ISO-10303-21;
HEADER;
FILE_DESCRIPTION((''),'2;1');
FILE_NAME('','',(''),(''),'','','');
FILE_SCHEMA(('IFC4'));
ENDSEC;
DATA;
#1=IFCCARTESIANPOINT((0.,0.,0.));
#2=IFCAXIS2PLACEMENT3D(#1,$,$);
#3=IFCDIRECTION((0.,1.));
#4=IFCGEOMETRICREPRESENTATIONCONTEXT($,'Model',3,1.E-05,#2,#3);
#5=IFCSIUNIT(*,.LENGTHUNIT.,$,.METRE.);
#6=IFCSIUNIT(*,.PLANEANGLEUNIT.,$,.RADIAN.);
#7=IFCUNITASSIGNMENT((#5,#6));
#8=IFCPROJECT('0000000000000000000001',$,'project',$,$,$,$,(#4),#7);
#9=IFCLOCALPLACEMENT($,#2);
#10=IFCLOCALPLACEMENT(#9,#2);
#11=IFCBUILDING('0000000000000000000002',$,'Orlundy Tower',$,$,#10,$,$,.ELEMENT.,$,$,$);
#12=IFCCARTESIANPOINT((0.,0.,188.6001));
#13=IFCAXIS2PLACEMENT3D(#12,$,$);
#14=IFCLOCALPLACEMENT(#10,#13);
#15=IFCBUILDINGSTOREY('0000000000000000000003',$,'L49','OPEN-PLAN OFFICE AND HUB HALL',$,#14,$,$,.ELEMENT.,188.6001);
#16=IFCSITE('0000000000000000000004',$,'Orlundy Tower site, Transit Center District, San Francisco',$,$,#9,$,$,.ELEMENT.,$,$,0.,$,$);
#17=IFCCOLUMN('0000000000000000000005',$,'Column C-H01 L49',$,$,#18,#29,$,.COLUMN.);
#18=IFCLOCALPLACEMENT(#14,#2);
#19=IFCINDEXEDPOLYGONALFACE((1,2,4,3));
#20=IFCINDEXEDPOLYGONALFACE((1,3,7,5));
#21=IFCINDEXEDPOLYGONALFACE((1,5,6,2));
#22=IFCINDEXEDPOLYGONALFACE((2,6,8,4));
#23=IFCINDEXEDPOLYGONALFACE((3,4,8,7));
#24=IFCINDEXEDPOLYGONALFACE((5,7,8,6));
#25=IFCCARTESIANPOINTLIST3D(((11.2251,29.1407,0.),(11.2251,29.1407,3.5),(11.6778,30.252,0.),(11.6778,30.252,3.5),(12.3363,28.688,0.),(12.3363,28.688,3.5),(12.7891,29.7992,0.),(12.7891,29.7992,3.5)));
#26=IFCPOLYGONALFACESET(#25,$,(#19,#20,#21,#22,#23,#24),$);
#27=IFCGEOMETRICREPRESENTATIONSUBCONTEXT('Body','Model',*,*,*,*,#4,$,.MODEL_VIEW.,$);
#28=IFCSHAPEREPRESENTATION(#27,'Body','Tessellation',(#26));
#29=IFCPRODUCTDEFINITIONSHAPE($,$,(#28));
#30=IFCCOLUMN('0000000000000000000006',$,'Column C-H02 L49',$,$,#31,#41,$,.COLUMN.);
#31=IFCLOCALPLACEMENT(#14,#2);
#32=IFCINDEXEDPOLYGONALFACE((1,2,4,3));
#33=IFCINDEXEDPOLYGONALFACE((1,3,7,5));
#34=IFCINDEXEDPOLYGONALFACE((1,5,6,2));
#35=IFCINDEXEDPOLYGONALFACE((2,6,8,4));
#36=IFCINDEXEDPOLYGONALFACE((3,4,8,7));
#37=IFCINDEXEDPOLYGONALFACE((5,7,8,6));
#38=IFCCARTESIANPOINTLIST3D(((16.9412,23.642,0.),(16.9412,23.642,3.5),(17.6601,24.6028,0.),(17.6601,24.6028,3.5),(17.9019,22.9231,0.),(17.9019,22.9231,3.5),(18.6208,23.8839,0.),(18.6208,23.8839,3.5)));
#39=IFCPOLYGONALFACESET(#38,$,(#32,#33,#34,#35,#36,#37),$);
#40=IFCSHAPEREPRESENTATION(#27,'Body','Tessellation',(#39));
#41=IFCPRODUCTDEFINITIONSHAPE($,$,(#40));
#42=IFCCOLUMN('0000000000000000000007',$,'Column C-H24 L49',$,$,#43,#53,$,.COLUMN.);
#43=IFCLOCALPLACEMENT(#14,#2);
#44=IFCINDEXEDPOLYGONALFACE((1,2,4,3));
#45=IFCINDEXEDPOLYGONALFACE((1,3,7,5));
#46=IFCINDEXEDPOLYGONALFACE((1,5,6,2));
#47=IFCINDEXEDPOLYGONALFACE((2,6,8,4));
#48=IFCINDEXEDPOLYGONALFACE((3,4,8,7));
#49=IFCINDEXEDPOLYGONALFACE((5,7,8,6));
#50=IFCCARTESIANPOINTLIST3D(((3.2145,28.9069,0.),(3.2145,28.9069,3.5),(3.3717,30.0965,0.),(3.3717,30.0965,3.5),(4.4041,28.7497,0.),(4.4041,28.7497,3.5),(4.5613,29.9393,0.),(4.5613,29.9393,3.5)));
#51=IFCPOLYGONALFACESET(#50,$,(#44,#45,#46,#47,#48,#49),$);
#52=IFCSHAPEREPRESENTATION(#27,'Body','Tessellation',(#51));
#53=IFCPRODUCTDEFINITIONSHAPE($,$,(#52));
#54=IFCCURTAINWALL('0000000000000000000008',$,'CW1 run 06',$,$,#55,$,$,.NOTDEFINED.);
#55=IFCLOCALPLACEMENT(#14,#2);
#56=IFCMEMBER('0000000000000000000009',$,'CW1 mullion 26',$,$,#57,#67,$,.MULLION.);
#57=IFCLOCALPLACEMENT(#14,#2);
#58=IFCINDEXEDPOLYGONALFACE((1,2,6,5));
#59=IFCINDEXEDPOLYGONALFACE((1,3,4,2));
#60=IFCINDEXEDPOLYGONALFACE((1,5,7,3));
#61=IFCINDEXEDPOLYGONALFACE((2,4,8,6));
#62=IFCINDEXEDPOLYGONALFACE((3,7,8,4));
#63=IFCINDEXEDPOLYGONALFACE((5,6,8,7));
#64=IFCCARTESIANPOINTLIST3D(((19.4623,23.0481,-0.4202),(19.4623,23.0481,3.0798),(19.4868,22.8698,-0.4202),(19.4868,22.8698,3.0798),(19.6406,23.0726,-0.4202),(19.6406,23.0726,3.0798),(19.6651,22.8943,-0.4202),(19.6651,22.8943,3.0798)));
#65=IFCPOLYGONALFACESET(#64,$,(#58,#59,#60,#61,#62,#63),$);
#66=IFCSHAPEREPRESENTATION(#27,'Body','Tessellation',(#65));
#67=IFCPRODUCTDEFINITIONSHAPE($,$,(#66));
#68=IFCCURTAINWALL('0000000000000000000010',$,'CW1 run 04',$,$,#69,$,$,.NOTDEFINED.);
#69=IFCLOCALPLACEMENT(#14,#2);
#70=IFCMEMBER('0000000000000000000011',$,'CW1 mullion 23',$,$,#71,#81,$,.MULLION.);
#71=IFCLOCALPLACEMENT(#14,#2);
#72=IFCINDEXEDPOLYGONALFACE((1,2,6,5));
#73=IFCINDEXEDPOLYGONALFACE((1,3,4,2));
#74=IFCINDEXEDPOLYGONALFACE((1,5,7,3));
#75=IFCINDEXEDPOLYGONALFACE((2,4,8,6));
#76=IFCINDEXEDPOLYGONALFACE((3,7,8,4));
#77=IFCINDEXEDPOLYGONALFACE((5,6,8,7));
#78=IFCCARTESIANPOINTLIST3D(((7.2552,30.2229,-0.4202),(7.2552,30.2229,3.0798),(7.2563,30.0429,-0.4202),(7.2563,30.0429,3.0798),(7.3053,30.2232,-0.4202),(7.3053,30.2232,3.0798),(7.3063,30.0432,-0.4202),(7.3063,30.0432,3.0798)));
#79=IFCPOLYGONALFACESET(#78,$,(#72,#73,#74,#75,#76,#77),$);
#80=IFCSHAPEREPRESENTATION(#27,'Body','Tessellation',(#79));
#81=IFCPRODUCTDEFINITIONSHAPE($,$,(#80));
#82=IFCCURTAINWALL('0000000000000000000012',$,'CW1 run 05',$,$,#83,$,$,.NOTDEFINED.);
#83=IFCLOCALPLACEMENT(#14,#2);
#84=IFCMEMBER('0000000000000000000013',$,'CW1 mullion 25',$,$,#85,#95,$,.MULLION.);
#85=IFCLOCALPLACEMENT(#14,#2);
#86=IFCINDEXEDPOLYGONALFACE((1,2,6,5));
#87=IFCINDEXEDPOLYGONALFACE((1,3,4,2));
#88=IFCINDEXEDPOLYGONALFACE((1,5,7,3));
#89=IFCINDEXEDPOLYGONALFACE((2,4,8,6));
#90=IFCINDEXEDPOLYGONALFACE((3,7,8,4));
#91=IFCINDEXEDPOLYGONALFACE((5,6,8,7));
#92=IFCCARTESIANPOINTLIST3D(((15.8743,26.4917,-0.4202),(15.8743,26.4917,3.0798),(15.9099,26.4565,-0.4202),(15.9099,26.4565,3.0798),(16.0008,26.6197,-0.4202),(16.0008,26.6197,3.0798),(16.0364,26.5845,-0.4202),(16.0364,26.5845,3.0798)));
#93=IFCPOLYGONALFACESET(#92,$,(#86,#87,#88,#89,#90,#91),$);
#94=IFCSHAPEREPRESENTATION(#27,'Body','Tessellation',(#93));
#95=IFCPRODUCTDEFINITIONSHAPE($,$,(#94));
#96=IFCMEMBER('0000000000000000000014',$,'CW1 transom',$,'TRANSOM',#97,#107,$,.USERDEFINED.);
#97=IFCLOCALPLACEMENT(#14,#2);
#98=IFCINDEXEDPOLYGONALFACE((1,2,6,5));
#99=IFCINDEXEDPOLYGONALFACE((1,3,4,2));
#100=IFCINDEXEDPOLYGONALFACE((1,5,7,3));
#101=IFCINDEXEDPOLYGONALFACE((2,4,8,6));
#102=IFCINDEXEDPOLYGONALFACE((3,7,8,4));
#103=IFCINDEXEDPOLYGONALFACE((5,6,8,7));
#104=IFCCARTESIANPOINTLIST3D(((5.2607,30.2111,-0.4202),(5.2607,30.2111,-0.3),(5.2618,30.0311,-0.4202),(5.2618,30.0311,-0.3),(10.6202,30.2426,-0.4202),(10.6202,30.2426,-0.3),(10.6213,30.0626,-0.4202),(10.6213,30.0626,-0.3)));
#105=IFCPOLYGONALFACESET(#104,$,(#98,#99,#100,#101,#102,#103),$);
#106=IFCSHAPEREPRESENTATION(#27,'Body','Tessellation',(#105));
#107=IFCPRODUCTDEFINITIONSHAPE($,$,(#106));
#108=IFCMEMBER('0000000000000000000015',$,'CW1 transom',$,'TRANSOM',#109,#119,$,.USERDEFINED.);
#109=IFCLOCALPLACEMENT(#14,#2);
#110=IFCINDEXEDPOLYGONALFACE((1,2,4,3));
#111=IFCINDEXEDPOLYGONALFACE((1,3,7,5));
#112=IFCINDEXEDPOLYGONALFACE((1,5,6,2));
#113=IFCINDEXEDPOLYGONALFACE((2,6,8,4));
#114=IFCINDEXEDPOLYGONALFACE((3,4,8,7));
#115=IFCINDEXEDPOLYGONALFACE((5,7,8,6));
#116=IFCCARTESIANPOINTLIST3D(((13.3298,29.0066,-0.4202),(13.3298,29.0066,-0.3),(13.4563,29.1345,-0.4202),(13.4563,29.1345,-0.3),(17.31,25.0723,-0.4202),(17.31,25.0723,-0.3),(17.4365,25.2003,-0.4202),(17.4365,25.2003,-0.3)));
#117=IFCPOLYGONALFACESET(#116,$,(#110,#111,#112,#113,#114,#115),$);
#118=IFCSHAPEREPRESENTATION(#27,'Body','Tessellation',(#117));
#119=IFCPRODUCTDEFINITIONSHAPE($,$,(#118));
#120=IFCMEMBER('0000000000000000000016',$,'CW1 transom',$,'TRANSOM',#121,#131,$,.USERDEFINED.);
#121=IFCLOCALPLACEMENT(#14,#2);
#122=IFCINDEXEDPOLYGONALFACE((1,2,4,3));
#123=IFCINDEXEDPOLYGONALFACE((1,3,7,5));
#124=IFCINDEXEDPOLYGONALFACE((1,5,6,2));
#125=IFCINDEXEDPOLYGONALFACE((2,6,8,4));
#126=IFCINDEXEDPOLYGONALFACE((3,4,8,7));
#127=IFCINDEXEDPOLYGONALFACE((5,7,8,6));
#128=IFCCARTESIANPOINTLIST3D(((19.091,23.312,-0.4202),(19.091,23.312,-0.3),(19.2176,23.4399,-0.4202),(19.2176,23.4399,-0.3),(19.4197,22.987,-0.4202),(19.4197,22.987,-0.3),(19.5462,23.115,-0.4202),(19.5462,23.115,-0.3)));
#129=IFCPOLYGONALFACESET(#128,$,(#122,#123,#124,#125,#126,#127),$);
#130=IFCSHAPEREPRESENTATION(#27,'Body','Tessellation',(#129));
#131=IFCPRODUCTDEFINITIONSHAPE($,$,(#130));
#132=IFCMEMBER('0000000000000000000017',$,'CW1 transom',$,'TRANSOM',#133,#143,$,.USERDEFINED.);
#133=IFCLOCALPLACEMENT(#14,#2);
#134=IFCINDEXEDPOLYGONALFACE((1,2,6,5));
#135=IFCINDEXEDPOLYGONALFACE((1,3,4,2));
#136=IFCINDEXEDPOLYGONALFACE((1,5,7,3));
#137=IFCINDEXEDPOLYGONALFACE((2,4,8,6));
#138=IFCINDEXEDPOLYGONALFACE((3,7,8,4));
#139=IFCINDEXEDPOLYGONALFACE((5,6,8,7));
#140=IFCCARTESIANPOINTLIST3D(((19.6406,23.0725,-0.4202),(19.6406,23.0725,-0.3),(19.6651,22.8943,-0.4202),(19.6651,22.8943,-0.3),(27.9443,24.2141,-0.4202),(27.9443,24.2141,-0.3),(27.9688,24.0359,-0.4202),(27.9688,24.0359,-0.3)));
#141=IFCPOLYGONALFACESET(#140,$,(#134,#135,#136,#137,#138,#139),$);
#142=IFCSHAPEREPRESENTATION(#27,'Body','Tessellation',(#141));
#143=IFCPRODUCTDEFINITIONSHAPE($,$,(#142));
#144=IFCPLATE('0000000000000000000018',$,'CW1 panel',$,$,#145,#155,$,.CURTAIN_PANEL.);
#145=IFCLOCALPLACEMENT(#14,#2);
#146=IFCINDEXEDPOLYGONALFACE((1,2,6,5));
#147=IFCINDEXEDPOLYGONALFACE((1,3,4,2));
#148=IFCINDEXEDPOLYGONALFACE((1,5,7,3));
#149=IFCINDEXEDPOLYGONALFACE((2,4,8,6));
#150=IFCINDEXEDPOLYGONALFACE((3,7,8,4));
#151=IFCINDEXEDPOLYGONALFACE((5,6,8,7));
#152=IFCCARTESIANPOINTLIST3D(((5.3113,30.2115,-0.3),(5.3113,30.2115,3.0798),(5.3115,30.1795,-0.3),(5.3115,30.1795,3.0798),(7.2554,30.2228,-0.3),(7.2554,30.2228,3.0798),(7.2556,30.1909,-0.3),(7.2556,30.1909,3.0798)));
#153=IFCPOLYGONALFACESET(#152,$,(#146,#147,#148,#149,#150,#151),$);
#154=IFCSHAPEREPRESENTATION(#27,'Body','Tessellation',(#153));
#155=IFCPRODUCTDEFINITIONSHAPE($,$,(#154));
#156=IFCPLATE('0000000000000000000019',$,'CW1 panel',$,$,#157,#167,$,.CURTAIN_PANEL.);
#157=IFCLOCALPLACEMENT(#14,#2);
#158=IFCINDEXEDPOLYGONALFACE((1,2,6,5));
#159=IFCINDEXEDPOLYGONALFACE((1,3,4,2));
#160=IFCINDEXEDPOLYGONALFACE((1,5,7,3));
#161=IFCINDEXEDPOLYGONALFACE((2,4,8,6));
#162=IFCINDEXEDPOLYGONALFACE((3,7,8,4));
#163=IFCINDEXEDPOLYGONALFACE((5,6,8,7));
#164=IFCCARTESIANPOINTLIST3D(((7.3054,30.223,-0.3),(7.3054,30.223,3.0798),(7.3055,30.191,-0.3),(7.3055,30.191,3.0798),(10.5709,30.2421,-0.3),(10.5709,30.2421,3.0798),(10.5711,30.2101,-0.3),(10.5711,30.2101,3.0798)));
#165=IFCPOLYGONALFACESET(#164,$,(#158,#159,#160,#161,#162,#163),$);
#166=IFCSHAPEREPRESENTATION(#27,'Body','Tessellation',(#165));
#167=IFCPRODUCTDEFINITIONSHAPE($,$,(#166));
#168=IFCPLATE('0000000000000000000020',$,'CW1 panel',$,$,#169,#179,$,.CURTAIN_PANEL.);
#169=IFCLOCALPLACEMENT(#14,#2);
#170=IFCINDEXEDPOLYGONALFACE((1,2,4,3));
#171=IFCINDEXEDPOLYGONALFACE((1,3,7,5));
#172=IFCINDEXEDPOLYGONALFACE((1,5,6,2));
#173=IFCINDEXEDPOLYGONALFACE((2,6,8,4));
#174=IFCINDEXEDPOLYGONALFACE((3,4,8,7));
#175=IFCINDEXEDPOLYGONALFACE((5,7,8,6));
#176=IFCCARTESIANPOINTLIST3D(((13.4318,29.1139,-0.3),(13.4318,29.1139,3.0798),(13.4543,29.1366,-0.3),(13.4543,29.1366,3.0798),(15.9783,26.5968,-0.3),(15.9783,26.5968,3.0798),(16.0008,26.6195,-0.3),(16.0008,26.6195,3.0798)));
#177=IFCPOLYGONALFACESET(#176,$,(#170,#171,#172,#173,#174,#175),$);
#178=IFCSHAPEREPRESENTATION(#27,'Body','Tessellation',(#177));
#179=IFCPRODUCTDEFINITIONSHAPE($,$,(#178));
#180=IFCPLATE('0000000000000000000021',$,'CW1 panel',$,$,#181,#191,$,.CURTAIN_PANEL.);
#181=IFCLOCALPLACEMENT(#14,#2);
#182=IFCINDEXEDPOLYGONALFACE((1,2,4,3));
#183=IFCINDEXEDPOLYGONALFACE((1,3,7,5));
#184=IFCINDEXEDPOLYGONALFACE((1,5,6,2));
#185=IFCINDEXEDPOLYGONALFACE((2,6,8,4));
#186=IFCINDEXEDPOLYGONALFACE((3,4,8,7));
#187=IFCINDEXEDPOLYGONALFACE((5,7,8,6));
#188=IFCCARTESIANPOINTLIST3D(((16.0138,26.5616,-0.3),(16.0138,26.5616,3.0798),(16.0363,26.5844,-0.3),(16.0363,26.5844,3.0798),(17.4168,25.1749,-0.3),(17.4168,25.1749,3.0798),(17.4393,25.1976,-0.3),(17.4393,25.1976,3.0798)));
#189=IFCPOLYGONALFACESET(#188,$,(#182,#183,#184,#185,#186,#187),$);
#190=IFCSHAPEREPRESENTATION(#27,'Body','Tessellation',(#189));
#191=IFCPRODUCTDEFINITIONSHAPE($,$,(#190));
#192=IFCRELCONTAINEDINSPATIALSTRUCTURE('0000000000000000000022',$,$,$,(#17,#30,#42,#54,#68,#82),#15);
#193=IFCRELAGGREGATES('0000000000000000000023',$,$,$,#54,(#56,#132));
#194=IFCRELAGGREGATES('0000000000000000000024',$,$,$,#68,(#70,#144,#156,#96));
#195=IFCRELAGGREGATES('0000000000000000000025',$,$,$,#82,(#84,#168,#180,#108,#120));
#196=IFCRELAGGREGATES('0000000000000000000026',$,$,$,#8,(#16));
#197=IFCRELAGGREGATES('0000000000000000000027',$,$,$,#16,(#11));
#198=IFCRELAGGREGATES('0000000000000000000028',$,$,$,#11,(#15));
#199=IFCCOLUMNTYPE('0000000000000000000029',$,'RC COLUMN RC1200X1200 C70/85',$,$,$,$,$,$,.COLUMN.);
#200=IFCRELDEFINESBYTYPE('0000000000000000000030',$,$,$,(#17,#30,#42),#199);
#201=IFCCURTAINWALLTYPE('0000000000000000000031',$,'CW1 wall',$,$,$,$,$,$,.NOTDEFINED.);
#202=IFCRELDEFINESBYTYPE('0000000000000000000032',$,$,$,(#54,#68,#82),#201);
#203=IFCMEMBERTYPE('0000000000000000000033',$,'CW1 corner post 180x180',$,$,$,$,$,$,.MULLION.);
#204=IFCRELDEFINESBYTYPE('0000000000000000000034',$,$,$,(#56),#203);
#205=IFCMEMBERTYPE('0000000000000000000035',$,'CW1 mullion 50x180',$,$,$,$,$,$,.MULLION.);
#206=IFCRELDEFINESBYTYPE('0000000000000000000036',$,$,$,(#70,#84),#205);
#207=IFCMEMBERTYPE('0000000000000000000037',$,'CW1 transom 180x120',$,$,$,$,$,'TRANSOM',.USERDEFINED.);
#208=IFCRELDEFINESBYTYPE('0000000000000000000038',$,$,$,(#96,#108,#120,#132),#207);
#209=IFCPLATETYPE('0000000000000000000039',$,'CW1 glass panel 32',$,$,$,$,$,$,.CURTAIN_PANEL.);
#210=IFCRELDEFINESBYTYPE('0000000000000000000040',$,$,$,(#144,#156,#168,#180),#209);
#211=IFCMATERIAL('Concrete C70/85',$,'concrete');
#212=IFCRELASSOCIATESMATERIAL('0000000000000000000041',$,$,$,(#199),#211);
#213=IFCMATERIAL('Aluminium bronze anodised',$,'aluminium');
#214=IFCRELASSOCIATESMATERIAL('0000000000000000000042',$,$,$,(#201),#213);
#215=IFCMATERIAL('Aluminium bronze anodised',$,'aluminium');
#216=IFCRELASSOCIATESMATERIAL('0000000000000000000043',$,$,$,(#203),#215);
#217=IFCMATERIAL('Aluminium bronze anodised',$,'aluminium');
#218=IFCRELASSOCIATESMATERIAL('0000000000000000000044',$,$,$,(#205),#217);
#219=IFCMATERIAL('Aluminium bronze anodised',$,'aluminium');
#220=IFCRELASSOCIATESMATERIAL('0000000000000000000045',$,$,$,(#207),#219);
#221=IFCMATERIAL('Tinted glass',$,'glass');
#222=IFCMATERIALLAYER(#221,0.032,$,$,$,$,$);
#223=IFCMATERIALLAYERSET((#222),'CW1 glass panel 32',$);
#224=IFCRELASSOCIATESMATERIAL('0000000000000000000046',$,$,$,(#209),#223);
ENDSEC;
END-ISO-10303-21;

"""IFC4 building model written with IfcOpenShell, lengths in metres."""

from ifc_helpers import new_model, si_unit, direction, frame, origin, origin_2d, place, context, subcontext, project, spatial, rectangle, extrude, material, layer, layer_set, material_profile, profile_set, type_object, element, aggregate, save


model = new_model("IFC4")

# Units and contexts
model_context = context("Model", 3, precision=1e-05, world=origin(), true_north=direction((0.0, 1.0)))
body_context = subcontext(model_context, "Body", "Model", "MODEL_VIEW")
ifc_project = project(units=[si_unit("LENGTHUNIT", "METRE"), si_unit("PLANEANGLEUNIT", "RADIAN")], contexts=[model_context])

# Site, building, storey
site_placement = place(None, origin())
site = spatial("IfcSite", under=ifc_project, at=site_placement, Name="Orlundy Tower site, Transit Center District, San Francisco", CompositionType="ELEMENT", RefElevation=0.0)
building_placement = place(site_placement, origin())
building = spatial("IfcBuilding", under=site, at=building_placement, Name="Orlundy Tower", CompositionType="ELEMENT")
storey_placement = place(building_placement, frame((0.0, 0.0, 188.6001)))
storey = spatial("IfcBuildingStorey", under=building, at=storey_placement, Name="L49", Description="OPEN-PLAN OFFICE AND HUB HALL", CompositionType="ELEMENT", Elevation=188.6001)

# Columns
ifc_material_1 = material(Name="Concrete C70/85", Category="concrete")
ifc_material_profile_1 = material_profile(ifc_material_1, rectangle(XDim=1.2, YDim=1.2, at=origin_2d()), Name="RC1200X1200")
ifc_profile_set_1 = profile_set([ifc_material_profile_1], Name="Concrete C70/85")
column_type = type_object("IfcColumnType", Name="RC COLUMN RC1200X1200 C70/85", PredefinedType="COLUMN", material=ifc_profile_set_1)
for number, where, z_axis, x_axis, name in (
    (1, (12.0071, 29.47, 0.0), (0.0, 0.0, 1.0), (0.377324, 0.926081, 0.0), "Column C-H01 L49"),
    (2, (17.781, 23.7629, 0.0), (0.0, 0.0, 1.0), (0.599107, 0.800669, 0.0), "Column C-H02 L49"),
    (3, (3.8879, 29.4231, 0.0), (0.0, 0.0, 1.0), (0.131011, 0.991381, 0.0), "Column C-H24 L49"),
):
    element("IfcColumn", number, at=place(storey_placement, frame(where, z_axis=z_axis, x_axis=x_axis)), inside=storey, type_object=column_type, Name=name, PredefinedType="COLUMN", context=body_context, shape_type="SweptSolid", body=[
        extrude(rectangle(XDim=1.2, YDim=1.2, at=origin_2d()), origin(), (0.0, 0.0, 1.0), 3.5),
    ])

# Curtain walls, members
ifc_material_2 = material(Name="Aluminium bronze anodised", Category="aluminium")
curtain_wall_type = type_object("IfcCurtainWallType", Name="CW1 wall", PredefinedType="NOTDEFINED", material=ifc_material_2)
curtain_wall_1_placement = place(storey_placement, origin())
curtain_wall_1 = element("IfcCurtainWall", 4, at=curtain_wall_1_placement, inside=storey, type_object=curtain_wall_type, Name="CW1 run 06", PredefinedType="NOTDEFINED")
ifc_material_3 = material(Name="Aluminium bronze anodised", Category="aluminium")
ifc_material_profile_2 = material_profile(ifc_material_3, rectangle(XDim=0.1799, YDim=0.1799, at=origin_2d()), Name="CW1 corner post 180x180")
ifc_profile_set_2 = profile_set([ifc_material_profile_2], Name="Aluminium bronze anodised")
member_type_1 = type_object("IfcMemberType", Name="CW1 corner post 180x180", PredefinedType="MULLION", material=ifc_profile_set_2)
member_1_placement = place(storey_placement, frame((19.5637, 22.9712, -0.4202), z_axis=(0.0, 0.0, 1.0), x_axis=(-0.136185, 0.990683, 0.0)))
member_1 = element("IfcMember", 5, at=member_1_placement, type_object=member_type_1, Name="CW1 mullion 26", PredefinedType="MULLION", context=body_context, shape_type="SweptSolid", body=[
    extrude(rectangle(XDim=0.1799, YDim=0.1799, at=origin_2d()), origin(), (0.0, 0.0, 1.0), 3.5),
])
curtain_wall_2_placement = place(storey_placement, origin())
curtain_wall_2 = element("IfcCurtainWall", 6, at=curtain_wall_2_placement, inside=storey, type_object=curtain_wall_type, Name="CW1 run 04", PredefinedType="NOTDEFINED")
ifc_material_4 = material(Name="Aluminium bronze anodised", Category="aluminium")
ifc_material_profile_3 = material_profile(ifc_material_4, rectangle(XDim=0.1799, YDim=0.05, at=origin_2d()), Name="CW1 mullion 50x180")
ifc_profile_set_3 = profile_set([ifc_material_profile_3], Name="Aluminium bronze anodised")
member_type_2 = type_object("IfcMemberType", Name="CW1 mullion 50x180", PredefinedType="MULLION", material=ifc_profile_set_3)
member_2_placement = place(storey_placement, frame((7.2808, 30.1331, -0.4202), z_axis=(0.0, 0.0, 1.0), x_axis=(-0.005834, 0.999983, 0.0)))
member_2 = element("IfcMember", 7, at=member_2_placement, type_object=member_type_2, Name="CW1 mullion 23", PredefinedType="MULLION", context=body_context, shape_type="SweptSolid", body=[
    extrude(rectangle(XDim=0.1799, YDim=0.05, at=origin_2d()), origin(), (0.0, 0.0, 1.0), 3.5),
])
curtain_wall_3_placement = place(storey_placement, origin())
curtain_wall_3 = element("IfcCurtainWall", 8, at=curtain_wall_3_placement, inside=storey, type_object=curtain_wall_type, Name="CW1 run 05", PredefinedType="NOTDEFINED")
member_3_placement = place(storey_placement, frame((15.9553, 26.5381, -0.4202), z_axis=(0.0, 0.0, 1.0), x_axis=(0.702992, 0.711198, 0.0)))
member_3 = element("IfcMember", 9, at=member_3_placement, type_object=member_type_2, Name="CW1 mullion 25", PredefinedType="MULLION", context=body_context, shape_type="SweptSolid", body=[
    extrude(rectangle(XDim=0.1799, YDim=0.05, at=origin_2d()), origin(), (0.0, 0.0, 1.0), 3.5),
])

# Members
ifc_material_5 = material(Name="Aluminium bronze anodised", Category="aluminium")
ifc_material_profile_4 = material_profile(ifc_material_5, rectangle(XDim=0.1799, YDim=0.1201, at=origin_2d()), Name="CW1 transom 180x120")
ifc_profile_set_4 = profile_set([ifc_material_profile_4], Name="Aluminium bronze anodised")
member_type_3 = type_object("IfcMemberType", Name="CW1 transom 180x120", ElementType="TRANSOM", PredefinedType="USERDEFINED", material=ifc_profile_set_4)
member_4_placement = place(storey_placement, frame((5.2612, 30.1211, -0.3601), z_axis=(0.999983, 0.005876, 0.0), x_axis=(-0.005876, 0.999983, 0.0)))
member_4 = element("IfcMember", 10, at=member_4_placement, type_object=member_type_3, Name="CW1 transom", ObjectType="TRANSOM", PredefinedType="USERDEFINED", context=body_context, shape_type="SweptSolid", body=[
    extrude(rectangle(XDim=0.1799, YDim=0.1201, at=origin_2d()), origin(), (0.0, 0.0, 1.0), 5.3596),
])
member_5_placement = place(storey_placement, frame((13.3931, 29.0706, -0.3601), z_axis=(0.711196, -0.702994, 0.0), x_axis=(0.702994, 0.711196, 0.0)))
member_5 = element("IfcMember", 11, at=member_5_placement, type_object=member_type_3, Name="CW1 transom", ObjectType="TRANSOM", PredefinedType="USERDEFINED", context=body_context, shape_type="SweptSolid", body=[
    extrude(rectangle(XDim=0.1799, YDim=0.1201, at=origin_2d()), origin(), (0.0, 0.0, 1.0), 5.5964),
])
member_6_placement = place(storey_placement, frame((19.1543, 23.376, -0.3601), z_axis=(0.711058, -0.703134, 0.0), x_axis=(0.703134, 0.711058, 0.0)))
member_6 = element("IfcMember", 12, at=member_6_placement, type_object=member_type_3, Name="CW1 transom", ObjectType="TRANSOM", PredefinedType="USERDEFINED", context=body_context, shape_type="SweptSolid", body=[
    extrude(rectangle(XDim=0.1799, YDim=0.1201, at=origin_2d()), origin(), (0.0, 0.0, 1.0), 0.4622),
])
member_7_placement = place(storey_placement, frame((19.6528, 22.9834, -0.3601), z_axis=(0.990681, 0.1362, 0.0), x_axis=(-0.1362, 0.990681, 0.0)))
member_7 = element("IfcMember", 13, at=member_7_placement, type_object=member_type_3, Name="CW1 transom", ObjectType="TRANSOM", PredefinedType="USERDEFINED", context=body_context, shape_type="SweptSolid", body=[
    extrude(rectangle(XDim=0.1799, YDim=0.1201, at=origin_2d()), origin(), (0.0, 0.0, 1.0), 8.3818),
])
aggregate(curtain_wall_1, [member_1, member_7])

# Plates
ifc_material_6 = material(Name="Tinted glass", Category="glass")
ifc_layer_1 = layer(ifc_material_6, 0.032)
ifc_layer_set_1 = layer_set([ifc_layer_1], Name="CW1 glass panel 32")
plate_type = type_object("IfcPlateType", Name="CW1 glass panel 32", PredefinedType="CURTAIN_PANEL", material=ifc_layer_set_1)
plate_1_placement = place(storey_placement, frame((6.2834, 30.2012, -0.3), z_axis=(0.0, 0.0, 1.0), x_axis=(0.999983, 0.005834, 0.0)))
plate_1 = element("IfcPlate", 14, at=plate_1_placement, type_object=plate_type, Name="CW1 panel", PredefinedType="CURTAIN_PANEL", context=body_context, shape_type="SweptSolid", body=[
    extrude(rectangle(XDim=1.9441, YDim=0.032, at=origin_2d()), origin(), (0.0, 0.0, 1.0), 3.3799),
])
plate_2_placement = place(storey_placement, frame((8.9382, 30.2166, -0.3), z_axis=(0.0, 0.0, 1.0), x_axis=(0.999983, 0.005834, 0.0)))
plate_2 = element("IfcPlate", 15, at=plate_2_placement, type_object=plate_type, Name="CW1 panel", PredefinedType="CURTAIN_PANEL", context=body_context, shape_type="SweptSolid", body=[
    extrude(rectangle(XDim=3.2656, YDim=0.032, at=origin_2d()), origin(), (0.0, 0.0, 1.0), 3.3799),
])
aggregate(curtain_wall_2, [member_2, plate_1, plate_2, member_4])
plate_3_placement = place(storey_placement, frame((14.7163, 27.8667, -0.3), z_axis=(0.0, 0.0, 1.0), x_axis=(0.711198, -0.702992, 0.0)))
plate_3 = element("IfcPlate", 16, at=plate_3_placement, type_object=plate_type, Name="CW1 panel", PredefinedType="CURTAIN_PANEL", context=body_context, shape_type="SweptSolid", body=[
    extrude(rectangle(XDim=3.5806, YDim=0.032, at=origin_2d()), origin(), (0.0, 0.0, 1.0), 3.3799),
])
plate_4_placement = place(storey_placement, frame((16.7266, 25.8796, -0.3), z_axis=(0.0, 0.0, 1.0), x_axis=(0.711198, -0.702992, 0.0)))
plate_4 = element("IfcPlate", 17, at=plate_4_placement, type_object=plate_type, Name="CW1 panel", PredefinedType="CURTAIN_PANEL", context=body_context, shape_type="SweptSolid", body=[
    extrude(rectangle(XDim=1.9727, YDim=0.032, at=origin_2d()), origin(), (0.0, 0.0, 1.0), 3.3799),
])
aggregate(curtain_wall_3, [member_3, plate_3, plate_4, member_5, member_6])

save(model, "model.ifc")
